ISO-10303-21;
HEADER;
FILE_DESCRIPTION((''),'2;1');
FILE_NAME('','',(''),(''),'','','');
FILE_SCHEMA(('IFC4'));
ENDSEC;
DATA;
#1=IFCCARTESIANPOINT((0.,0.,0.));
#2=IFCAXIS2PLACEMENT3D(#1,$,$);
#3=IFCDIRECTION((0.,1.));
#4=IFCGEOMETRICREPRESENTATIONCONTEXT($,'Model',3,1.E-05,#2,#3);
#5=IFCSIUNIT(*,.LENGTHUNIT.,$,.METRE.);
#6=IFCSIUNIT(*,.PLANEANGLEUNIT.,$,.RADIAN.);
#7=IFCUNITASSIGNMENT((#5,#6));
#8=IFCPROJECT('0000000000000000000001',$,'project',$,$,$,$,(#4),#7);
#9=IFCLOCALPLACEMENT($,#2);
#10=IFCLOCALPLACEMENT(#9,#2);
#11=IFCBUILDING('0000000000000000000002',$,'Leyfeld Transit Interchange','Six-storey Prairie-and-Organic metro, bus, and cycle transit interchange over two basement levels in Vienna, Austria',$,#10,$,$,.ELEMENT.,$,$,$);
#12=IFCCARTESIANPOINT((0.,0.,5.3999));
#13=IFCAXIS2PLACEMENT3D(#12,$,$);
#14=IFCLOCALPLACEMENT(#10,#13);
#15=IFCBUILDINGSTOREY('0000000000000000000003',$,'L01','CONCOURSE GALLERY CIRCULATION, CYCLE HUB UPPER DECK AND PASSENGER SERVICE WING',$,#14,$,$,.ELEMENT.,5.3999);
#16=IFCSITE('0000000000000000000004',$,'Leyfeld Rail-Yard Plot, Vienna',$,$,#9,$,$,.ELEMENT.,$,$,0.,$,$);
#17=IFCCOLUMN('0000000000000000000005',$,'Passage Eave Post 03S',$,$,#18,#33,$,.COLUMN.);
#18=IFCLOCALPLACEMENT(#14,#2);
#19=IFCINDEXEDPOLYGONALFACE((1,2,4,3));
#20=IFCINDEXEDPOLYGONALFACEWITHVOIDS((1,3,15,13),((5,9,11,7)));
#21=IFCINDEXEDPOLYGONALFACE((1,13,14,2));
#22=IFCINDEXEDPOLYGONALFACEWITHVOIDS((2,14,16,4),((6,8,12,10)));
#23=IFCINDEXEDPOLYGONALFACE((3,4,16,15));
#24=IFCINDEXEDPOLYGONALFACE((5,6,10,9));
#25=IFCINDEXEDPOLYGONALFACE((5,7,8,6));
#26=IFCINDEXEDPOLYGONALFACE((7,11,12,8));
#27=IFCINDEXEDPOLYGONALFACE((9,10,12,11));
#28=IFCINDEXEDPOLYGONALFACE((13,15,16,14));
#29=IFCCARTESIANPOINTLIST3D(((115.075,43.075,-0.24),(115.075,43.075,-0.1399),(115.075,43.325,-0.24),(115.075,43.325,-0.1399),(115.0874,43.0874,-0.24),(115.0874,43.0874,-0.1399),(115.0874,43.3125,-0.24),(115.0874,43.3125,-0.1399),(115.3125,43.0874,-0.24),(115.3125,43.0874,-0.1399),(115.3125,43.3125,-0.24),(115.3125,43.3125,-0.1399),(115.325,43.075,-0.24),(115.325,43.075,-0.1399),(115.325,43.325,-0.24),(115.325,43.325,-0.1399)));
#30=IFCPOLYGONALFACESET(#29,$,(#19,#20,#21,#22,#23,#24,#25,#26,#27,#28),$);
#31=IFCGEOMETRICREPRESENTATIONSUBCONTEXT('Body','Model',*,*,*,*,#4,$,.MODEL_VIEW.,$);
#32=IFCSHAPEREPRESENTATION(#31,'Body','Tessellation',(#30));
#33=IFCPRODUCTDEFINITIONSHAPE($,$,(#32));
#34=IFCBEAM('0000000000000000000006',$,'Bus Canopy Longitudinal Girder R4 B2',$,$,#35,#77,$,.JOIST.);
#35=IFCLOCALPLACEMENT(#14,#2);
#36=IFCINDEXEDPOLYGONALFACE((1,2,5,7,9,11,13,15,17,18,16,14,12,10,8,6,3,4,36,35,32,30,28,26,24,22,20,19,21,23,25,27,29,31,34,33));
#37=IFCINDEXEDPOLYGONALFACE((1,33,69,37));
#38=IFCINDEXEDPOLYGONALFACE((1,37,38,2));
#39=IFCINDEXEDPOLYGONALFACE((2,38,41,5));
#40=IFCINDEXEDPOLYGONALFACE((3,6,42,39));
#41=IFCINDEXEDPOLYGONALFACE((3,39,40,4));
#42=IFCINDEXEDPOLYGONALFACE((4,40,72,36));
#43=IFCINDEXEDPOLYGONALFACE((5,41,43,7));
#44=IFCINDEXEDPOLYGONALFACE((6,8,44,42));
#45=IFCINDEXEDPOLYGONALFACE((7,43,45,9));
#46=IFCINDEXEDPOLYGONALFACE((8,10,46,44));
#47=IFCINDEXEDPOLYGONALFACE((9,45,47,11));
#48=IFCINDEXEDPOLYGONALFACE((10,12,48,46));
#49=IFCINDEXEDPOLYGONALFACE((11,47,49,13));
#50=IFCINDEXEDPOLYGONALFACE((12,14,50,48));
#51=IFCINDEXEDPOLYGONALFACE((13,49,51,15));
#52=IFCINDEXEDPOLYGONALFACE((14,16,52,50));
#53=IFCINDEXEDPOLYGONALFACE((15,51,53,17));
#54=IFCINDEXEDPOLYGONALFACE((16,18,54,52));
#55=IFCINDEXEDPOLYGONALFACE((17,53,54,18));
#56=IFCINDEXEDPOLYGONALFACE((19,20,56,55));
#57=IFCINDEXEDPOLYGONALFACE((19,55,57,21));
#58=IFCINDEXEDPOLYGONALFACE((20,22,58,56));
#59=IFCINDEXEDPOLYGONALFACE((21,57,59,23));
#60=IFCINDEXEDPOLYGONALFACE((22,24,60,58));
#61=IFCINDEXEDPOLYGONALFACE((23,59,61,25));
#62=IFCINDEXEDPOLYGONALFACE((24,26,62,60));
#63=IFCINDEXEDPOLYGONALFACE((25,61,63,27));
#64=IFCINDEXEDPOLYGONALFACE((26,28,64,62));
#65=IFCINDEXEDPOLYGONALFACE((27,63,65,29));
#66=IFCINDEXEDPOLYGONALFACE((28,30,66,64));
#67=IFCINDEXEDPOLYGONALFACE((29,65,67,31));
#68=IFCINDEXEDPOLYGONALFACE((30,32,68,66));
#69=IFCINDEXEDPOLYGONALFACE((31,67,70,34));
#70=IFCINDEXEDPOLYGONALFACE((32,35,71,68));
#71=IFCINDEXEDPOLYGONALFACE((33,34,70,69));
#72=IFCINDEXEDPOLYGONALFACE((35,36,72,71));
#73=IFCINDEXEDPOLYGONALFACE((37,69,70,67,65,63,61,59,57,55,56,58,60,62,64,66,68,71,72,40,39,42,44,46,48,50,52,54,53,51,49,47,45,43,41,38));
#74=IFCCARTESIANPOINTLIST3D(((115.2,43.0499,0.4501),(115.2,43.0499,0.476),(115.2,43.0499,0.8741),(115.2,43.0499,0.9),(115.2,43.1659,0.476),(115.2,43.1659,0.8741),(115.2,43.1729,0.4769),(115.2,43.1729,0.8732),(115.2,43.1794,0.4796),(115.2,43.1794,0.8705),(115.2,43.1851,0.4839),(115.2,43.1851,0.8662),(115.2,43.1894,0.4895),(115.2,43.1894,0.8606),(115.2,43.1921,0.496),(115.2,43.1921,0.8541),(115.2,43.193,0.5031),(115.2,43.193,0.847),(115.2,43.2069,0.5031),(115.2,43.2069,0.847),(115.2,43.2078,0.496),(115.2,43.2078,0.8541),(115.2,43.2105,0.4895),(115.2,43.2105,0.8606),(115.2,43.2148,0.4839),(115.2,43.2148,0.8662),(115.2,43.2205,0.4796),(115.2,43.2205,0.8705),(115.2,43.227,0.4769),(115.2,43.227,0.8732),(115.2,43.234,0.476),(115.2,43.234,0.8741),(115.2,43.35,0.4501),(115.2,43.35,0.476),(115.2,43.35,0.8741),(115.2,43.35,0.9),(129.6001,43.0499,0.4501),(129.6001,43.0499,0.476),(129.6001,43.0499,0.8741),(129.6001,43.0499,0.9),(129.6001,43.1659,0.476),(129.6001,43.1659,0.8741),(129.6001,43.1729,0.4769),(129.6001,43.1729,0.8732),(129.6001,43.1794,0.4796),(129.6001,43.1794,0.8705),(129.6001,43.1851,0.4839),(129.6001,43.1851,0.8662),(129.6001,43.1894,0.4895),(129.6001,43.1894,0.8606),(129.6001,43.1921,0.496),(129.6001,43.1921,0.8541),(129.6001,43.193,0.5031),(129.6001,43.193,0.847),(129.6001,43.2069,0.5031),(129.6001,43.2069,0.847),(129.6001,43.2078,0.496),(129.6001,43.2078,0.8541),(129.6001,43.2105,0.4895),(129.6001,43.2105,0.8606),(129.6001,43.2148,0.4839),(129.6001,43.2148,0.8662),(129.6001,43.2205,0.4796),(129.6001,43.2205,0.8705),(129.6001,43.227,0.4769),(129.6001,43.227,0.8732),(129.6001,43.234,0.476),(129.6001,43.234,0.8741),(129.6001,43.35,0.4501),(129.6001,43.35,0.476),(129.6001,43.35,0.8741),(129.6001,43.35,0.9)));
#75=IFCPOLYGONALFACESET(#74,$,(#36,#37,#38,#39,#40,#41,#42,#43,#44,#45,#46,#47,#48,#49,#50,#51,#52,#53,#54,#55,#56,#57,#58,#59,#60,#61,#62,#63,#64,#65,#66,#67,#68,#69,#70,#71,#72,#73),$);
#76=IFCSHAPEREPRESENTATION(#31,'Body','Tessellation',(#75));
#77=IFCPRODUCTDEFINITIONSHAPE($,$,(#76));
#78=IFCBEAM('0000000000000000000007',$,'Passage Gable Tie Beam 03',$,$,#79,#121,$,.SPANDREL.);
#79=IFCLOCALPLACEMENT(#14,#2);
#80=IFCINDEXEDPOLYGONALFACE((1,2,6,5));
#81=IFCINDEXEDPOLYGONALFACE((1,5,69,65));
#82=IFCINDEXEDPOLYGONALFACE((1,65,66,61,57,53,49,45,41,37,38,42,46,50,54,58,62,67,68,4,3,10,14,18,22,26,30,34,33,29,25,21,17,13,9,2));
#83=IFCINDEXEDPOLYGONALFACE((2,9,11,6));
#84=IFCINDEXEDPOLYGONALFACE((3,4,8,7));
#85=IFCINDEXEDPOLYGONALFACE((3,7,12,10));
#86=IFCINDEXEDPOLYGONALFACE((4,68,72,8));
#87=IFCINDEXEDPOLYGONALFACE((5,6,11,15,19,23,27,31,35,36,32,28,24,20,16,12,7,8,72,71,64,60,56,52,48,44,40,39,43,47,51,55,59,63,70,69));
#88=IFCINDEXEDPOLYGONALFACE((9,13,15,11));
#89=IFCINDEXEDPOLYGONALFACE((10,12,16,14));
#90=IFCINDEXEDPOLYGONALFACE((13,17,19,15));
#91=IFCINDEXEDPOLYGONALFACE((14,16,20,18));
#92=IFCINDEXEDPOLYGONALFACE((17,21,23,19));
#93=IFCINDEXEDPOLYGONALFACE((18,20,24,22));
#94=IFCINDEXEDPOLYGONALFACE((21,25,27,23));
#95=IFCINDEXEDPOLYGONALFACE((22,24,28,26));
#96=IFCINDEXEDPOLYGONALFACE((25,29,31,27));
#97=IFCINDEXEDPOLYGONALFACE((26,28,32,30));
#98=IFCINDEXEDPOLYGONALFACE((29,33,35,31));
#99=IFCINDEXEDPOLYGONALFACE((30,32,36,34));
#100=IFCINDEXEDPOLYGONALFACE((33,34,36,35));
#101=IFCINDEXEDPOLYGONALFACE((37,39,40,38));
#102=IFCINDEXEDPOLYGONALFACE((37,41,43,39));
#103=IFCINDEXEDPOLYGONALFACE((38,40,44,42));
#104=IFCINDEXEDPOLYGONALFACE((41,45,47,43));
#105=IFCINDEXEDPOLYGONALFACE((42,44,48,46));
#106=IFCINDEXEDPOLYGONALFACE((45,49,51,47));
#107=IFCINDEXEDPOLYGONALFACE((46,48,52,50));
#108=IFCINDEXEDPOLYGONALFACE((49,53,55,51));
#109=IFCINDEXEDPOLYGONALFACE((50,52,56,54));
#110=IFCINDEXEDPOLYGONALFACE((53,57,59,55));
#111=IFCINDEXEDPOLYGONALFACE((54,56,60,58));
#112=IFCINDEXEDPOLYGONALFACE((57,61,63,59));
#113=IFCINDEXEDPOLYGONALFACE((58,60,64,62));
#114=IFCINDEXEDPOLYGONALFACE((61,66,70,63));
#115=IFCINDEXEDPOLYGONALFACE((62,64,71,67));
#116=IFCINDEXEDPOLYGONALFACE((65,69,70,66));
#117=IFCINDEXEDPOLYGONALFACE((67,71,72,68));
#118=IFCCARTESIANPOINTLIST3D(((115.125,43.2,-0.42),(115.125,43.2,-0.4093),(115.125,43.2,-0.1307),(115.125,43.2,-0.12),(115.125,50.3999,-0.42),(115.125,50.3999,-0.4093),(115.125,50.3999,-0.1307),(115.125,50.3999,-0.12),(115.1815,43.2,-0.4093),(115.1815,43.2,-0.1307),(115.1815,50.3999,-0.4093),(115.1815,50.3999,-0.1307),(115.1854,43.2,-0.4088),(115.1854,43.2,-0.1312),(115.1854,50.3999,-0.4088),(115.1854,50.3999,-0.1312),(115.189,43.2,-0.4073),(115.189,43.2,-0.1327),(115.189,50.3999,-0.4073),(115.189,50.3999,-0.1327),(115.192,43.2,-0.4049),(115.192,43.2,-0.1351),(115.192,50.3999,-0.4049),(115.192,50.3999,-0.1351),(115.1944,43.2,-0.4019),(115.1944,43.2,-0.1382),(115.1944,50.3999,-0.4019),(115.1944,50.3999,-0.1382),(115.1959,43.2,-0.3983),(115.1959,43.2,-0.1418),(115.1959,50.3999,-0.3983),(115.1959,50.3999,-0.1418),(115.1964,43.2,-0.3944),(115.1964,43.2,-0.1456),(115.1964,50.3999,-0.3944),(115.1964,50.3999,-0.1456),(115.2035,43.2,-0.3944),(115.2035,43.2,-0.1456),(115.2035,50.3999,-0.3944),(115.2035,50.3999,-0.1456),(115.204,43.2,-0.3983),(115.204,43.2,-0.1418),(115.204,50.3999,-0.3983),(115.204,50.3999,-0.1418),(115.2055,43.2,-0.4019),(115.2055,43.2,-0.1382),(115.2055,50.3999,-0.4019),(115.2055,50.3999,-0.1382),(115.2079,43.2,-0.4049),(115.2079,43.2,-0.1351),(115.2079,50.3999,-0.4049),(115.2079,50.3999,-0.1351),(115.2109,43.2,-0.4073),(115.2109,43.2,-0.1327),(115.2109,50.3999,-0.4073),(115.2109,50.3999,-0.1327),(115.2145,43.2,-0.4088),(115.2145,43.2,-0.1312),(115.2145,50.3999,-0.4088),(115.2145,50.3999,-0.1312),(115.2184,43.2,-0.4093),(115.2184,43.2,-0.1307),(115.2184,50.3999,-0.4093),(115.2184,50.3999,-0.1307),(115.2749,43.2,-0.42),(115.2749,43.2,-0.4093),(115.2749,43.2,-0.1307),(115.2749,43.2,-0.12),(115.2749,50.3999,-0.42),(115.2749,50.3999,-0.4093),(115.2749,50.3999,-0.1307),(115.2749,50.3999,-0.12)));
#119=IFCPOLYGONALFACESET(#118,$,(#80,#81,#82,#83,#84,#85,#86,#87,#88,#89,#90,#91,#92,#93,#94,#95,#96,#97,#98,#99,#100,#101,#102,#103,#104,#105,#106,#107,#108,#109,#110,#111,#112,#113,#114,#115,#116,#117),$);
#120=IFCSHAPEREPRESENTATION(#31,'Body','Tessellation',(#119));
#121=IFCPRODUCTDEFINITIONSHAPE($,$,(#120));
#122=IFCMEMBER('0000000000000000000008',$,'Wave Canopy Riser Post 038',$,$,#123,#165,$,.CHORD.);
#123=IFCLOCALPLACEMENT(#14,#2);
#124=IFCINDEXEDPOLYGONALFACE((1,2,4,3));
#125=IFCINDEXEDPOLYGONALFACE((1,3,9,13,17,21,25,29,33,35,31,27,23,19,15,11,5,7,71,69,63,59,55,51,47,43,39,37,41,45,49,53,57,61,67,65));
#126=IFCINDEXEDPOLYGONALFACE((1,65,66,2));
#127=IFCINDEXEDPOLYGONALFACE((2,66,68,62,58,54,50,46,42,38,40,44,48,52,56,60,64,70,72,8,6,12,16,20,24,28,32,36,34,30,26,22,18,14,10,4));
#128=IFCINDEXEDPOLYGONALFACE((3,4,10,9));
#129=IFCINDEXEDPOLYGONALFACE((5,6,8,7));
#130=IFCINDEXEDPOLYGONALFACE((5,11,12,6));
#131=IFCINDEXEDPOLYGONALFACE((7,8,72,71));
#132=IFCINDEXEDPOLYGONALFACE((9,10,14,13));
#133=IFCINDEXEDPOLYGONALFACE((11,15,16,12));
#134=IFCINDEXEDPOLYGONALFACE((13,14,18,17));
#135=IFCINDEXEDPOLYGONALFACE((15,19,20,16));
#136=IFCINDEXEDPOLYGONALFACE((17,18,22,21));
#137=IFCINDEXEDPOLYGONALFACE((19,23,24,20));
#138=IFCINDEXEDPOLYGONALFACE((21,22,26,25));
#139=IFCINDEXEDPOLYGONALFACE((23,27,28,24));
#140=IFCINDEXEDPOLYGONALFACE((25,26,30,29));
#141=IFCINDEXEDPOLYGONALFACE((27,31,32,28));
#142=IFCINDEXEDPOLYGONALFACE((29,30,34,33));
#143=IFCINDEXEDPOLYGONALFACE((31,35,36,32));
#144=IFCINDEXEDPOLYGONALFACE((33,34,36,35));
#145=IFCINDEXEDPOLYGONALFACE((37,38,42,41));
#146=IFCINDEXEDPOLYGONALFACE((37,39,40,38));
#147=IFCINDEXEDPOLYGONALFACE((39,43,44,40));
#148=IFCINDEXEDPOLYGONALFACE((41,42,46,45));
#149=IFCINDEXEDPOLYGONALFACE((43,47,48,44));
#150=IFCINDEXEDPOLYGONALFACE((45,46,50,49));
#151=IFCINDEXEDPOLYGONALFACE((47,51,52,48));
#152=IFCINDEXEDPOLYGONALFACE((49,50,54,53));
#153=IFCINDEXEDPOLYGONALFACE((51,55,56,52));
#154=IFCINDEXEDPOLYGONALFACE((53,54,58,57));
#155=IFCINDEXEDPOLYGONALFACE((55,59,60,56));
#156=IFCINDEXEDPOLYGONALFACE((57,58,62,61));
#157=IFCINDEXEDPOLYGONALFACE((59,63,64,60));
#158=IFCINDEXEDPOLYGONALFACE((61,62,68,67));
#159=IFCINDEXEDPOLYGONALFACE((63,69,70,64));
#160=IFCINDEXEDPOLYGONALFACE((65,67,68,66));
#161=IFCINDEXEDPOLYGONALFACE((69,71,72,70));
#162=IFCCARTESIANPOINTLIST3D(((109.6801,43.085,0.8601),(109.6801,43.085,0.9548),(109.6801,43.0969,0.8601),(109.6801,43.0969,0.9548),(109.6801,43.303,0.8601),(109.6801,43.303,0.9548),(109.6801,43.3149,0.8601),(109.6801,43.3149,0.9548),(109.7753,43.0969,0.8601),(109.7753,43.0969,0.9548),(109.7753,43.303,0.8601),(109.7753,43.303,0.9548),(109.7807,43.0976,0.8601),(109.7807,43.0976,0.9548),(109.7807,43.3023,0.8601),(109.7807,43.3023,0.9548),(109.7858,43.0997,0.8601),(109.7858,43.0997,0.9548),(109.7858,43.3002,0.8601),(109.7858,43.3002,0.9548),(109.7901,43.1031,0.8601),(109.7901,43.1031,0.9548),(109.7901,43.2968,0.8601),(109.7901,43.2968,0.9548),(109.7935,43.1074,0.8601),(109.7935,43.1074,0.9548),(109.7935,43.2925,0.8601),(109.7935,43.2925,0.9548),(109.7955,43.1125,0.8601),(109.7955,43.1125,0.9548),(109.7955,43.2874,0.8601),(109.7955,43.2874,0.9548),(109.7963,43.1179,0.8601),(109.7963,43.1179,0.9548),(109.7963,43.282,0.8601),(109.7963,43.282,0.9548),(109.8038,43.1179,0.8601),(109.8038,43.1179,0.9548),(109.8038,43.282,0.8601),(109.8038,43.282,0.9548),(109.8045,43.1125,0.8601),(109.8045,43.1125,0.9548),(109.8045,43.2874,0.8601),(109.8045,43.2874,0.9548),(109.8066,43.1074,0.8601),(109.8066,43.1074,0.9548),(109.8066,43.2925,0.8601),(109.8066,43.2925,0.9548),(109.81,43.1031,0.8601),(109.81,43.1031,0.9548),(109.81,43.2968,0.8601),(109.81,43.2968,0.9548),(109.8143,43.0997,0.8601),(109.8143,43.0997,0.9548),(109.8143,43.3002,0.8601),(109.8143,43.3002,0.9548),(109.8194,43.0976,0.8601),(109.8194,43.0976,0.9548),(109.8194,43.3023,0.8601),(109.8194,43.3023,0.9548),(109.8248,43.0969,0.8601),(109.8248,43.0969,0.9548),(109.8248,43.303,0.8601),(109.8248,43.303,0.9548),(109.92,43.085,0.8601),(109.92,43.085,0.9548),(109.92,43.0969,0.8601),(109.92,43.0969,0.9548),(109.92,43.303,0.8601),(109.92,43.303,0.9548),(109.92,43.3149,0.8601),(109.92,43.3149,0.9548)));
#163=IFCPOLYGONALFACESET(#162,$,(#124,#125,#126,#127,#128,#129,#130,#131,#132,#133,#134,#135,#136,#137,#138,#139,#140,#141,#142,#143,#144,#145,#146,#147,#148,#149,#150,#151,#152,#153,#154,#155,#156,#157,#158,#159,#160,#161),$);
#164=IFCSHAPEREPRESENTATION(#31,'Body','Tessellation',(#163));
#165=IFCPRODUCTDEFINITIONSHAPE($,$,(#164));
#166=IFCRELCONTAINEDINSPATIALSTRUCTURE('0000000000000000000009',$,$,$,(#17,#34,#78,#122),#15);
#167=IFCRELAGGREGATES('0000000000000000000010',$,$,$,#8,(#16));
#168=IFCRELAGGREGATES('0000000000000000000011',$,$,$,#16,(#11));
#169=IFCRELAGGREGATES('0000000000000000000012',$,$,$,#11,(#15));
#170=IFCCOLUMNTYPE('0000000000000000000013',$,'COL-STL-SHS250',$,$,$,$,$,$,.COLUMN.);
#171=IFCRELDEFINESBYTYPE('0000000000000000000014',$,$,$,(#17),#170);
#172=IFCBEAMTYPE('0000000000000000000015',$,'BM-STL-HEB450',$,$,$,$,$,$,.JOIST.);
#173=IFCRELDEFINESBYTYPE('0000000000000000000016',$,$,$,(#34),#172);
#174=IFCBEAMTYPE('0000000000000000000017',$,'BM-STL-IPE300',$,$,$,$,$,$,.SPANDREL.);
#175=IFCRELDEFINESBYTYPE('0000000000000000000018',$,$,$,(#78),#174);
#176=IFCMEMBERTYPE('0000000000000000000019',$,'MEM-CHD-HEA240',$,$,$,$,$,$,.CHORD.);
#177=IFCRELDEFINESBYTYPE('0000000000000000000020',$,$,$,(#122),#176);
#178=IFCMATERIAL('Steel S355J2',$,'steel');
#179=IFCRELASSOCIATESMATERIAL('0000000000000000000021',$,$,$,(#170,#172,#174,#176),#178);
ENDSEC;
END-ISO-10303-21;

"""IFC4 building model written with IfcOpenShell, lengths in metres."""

from ifc_helpers import new_model, si_unit, direction, frame, origin, origin_2d, place, context, subcontext, project, spatial, hollow_rectangle, i_section, extrude, material, material_profile, profile_set, type_object, element, save


model = new_model("IFC4")

# Units and contexts
model_context = context("Model", 3, precision=1e-05, world=origin(), true_north=direction((0.0, 1.0)))
body_context = subcontext(model_context, "Body", "Model", "MODEL_VIEW")
ifc_project = project(units=[si_unit("LENGTHUNIT", "METRE"), si_unit("PLANEANGLEUNIT", "RADIAN")], contexts=[model_context])

# Site, building, storey
site_placement = place(None, origin())
site = spatial("IfcSite", under=ifc_project, at=site_placement, Name="Leyfeld Rail-Yard Plot, Vienna", CompositionType="ELEMENT", RefElevation=0.0)
building_placement = place(site_placement, origin())
building = spatial("IfcBuilding", under=site, at=building_placement, Name="Leyfeld Transit Interchange", Description="Six-storey Prairie-and-Organic metro, bus, and cycle transit interchange over two basement levels in Vienna, Austria", CompositionType="ELEMENT")
storey_placement = place(building_placement, frame((0.0, 0.0, 5.3999)))
storey = spatial("IfcBuildingStorey", under=building, at=storey_placement, Name="L01", Description="CONCOURSE GALLERY CIRCULATION, CYCLE HUB UPPER DECK AND PASSENGER SERVICE WING", CompositionType="ELEMENT", Elevation=5.3999)

# Column
ifc_material_1 = material(Name="Steel S355J2", Category="steel")
ifc_material_profile_1 = material_profile(ifc_material_1, hollow_rectangle(XDim=0.25, YDim=0.25, WallThickness=0.0125, at=origin_2d()), Name="SHS 250x250x12.5")
ifc_profile_set_1 = profile_set([ifc_material_profile_1], Name="Steel S355J2")
column_type = type_object("IfcColumnType", Name="COL-STL-SHS250", PredefinedType="COLUMN", material=ifc_profile_set_1)
column_placement = place(storey_placement, frame((115.2, 43.2, -0.24), z_axis=(0.0, 0.0, 1.0), x_axis=(1.0, 0.0, 0.0)))
element("IfcColumn", 1, at=column_placement, inside=storey, type_object=column_type, Name="Passage Eave Post 03S", PredefinedType="COLUMN", context=body_context, shape_type="SweptSolid", body=[
    extrude(hollow_rectangle(XDim=0.25, YDim=0.25, WallThickness=0.0125, at=origin_2d()), origin(), (0.0, 0.0, 1.0), 0.1001),
])

# Beams
ifc_material_profile_2 = material_profile(ifc_material_1, i_section(OverallWidth=0.3, OverallDepth=0.45, WebThickness=0.0139, FlangeThickness=0.0259, FilletRadius=0.0271, at=origin_2d()), Name="HEB 450")
ifc_profile_set_2 = profile_set([ifc_material_profile_2], Name="Steel S355J2")
beam_type_1 = type_object("IfcBeamType", Name="BM-STL-HEB450", PredefinedType="JOIST", material=ifc_profile_set_2)
beam_1_placement = place(storey_placement, frame((115.2, 43.2, 0.675), z_axis=(1.0, 0.0, 0.0), x_axis=(0.0, 1.0, 0.0)))
element("IfcBeam", 2, at=beam_1_placement, inside=storey, type_object=beam_type_1, Name="Bus Canopy Longitudinal Girder R4 B2", PredefinedType="JOIST", context=body_context, shape_type="SweptSolid", body=[
    extrude(i_section(OverallWidth=0.3, OverallDepth=0.45, WebThickness=0.0139, FlangeThickness=0.0259, FilletRadius=0.0271, at=origin_2d()), origin(), (0.0, 0.0, 1.0), 14.4001),
])
ifc_material_profile_3 = material_profile(ifc_material_1, i_section(OverallWidth=0.1499, OverallDepth=0.3, WebThickness=0.0071, FlangeThickness=0.0107, FilletRadius=0.0149, at=origin_2d()), Name="IPE 300")
ifc_profile_set_3 = profile_set([ifc_material_profile_3], Name="Steel S355J2")
beam_type_2 = type_object("IfcBeamType", Name="BM-STL-IPE300", PredefinedType="SPANDREL", material=ifc_profile_set_3)
beam_2_placement = place(storey_placement, frame((115.2, 43.2, -0.27), z_axis=(0.0, 1.0, 0.0), x_axis=(-1.0, 0.0, 0.0)))
element("IfcBeam", 3, at=beam_2_placement, inside=storey, type_object=beam_type_2, Name="Passage Gable Tie Beam 03", PredefinedType="SPANDREL", context=body_context, shape_type="SweptSolid", body=[
    extrude(i_section(OverallWidth=0.1499, OverallDepth=0.3, WebThickness=0.0071, FlangeThickness=0.0107, FilletRadius=0.0149, at=origin_2d()), origin(), (0.0, 0.0, 1.0), 7.2),
])

# Member
ifc_material_profile_4 = material_profile(ifc_material_1, i_section(OverallWidth=0.24, OverallDepth=0.23, WebThickness=0.0076, FlangeThickness=0.012, FilletRadius=0.021, at=origin_2d()), Name="HEA 240")
ifc_profile_set_4 = profile_set([ifc_material_profile_4], Name="Steel S355J2")
member_type_1 = type_object("IfcMemberType", Name="MEM-CHD-HEA240", PredefinedType="CHORD", material=ifc_profile_set_4)
member_1_placement = place(storey_placement, frame((109.8, 43.2, 0.8601), z_axis=(0.0, 0.0, 1.0), x_axis=(1.0, 0.0, 0.0)))
element("IfcMember", 4, at=member_1_placement, inside=storey, type_object=member_type_1, Name="Wave Canopy Riser Post 038", PredefinedType="CHORD", context=body_context, shape_type="SweptSolid", body=[
    extrude(i_section(OverallWidth=0.24, OverallDepth=0.23, WebThickness=0.0076, FlangeThickness=0.012, FilletRadius=0.021, at=origin_2d()), origin(), (0.0, 0.0, 1.0), 0.0947),
])

save(model, "model.ifc")
